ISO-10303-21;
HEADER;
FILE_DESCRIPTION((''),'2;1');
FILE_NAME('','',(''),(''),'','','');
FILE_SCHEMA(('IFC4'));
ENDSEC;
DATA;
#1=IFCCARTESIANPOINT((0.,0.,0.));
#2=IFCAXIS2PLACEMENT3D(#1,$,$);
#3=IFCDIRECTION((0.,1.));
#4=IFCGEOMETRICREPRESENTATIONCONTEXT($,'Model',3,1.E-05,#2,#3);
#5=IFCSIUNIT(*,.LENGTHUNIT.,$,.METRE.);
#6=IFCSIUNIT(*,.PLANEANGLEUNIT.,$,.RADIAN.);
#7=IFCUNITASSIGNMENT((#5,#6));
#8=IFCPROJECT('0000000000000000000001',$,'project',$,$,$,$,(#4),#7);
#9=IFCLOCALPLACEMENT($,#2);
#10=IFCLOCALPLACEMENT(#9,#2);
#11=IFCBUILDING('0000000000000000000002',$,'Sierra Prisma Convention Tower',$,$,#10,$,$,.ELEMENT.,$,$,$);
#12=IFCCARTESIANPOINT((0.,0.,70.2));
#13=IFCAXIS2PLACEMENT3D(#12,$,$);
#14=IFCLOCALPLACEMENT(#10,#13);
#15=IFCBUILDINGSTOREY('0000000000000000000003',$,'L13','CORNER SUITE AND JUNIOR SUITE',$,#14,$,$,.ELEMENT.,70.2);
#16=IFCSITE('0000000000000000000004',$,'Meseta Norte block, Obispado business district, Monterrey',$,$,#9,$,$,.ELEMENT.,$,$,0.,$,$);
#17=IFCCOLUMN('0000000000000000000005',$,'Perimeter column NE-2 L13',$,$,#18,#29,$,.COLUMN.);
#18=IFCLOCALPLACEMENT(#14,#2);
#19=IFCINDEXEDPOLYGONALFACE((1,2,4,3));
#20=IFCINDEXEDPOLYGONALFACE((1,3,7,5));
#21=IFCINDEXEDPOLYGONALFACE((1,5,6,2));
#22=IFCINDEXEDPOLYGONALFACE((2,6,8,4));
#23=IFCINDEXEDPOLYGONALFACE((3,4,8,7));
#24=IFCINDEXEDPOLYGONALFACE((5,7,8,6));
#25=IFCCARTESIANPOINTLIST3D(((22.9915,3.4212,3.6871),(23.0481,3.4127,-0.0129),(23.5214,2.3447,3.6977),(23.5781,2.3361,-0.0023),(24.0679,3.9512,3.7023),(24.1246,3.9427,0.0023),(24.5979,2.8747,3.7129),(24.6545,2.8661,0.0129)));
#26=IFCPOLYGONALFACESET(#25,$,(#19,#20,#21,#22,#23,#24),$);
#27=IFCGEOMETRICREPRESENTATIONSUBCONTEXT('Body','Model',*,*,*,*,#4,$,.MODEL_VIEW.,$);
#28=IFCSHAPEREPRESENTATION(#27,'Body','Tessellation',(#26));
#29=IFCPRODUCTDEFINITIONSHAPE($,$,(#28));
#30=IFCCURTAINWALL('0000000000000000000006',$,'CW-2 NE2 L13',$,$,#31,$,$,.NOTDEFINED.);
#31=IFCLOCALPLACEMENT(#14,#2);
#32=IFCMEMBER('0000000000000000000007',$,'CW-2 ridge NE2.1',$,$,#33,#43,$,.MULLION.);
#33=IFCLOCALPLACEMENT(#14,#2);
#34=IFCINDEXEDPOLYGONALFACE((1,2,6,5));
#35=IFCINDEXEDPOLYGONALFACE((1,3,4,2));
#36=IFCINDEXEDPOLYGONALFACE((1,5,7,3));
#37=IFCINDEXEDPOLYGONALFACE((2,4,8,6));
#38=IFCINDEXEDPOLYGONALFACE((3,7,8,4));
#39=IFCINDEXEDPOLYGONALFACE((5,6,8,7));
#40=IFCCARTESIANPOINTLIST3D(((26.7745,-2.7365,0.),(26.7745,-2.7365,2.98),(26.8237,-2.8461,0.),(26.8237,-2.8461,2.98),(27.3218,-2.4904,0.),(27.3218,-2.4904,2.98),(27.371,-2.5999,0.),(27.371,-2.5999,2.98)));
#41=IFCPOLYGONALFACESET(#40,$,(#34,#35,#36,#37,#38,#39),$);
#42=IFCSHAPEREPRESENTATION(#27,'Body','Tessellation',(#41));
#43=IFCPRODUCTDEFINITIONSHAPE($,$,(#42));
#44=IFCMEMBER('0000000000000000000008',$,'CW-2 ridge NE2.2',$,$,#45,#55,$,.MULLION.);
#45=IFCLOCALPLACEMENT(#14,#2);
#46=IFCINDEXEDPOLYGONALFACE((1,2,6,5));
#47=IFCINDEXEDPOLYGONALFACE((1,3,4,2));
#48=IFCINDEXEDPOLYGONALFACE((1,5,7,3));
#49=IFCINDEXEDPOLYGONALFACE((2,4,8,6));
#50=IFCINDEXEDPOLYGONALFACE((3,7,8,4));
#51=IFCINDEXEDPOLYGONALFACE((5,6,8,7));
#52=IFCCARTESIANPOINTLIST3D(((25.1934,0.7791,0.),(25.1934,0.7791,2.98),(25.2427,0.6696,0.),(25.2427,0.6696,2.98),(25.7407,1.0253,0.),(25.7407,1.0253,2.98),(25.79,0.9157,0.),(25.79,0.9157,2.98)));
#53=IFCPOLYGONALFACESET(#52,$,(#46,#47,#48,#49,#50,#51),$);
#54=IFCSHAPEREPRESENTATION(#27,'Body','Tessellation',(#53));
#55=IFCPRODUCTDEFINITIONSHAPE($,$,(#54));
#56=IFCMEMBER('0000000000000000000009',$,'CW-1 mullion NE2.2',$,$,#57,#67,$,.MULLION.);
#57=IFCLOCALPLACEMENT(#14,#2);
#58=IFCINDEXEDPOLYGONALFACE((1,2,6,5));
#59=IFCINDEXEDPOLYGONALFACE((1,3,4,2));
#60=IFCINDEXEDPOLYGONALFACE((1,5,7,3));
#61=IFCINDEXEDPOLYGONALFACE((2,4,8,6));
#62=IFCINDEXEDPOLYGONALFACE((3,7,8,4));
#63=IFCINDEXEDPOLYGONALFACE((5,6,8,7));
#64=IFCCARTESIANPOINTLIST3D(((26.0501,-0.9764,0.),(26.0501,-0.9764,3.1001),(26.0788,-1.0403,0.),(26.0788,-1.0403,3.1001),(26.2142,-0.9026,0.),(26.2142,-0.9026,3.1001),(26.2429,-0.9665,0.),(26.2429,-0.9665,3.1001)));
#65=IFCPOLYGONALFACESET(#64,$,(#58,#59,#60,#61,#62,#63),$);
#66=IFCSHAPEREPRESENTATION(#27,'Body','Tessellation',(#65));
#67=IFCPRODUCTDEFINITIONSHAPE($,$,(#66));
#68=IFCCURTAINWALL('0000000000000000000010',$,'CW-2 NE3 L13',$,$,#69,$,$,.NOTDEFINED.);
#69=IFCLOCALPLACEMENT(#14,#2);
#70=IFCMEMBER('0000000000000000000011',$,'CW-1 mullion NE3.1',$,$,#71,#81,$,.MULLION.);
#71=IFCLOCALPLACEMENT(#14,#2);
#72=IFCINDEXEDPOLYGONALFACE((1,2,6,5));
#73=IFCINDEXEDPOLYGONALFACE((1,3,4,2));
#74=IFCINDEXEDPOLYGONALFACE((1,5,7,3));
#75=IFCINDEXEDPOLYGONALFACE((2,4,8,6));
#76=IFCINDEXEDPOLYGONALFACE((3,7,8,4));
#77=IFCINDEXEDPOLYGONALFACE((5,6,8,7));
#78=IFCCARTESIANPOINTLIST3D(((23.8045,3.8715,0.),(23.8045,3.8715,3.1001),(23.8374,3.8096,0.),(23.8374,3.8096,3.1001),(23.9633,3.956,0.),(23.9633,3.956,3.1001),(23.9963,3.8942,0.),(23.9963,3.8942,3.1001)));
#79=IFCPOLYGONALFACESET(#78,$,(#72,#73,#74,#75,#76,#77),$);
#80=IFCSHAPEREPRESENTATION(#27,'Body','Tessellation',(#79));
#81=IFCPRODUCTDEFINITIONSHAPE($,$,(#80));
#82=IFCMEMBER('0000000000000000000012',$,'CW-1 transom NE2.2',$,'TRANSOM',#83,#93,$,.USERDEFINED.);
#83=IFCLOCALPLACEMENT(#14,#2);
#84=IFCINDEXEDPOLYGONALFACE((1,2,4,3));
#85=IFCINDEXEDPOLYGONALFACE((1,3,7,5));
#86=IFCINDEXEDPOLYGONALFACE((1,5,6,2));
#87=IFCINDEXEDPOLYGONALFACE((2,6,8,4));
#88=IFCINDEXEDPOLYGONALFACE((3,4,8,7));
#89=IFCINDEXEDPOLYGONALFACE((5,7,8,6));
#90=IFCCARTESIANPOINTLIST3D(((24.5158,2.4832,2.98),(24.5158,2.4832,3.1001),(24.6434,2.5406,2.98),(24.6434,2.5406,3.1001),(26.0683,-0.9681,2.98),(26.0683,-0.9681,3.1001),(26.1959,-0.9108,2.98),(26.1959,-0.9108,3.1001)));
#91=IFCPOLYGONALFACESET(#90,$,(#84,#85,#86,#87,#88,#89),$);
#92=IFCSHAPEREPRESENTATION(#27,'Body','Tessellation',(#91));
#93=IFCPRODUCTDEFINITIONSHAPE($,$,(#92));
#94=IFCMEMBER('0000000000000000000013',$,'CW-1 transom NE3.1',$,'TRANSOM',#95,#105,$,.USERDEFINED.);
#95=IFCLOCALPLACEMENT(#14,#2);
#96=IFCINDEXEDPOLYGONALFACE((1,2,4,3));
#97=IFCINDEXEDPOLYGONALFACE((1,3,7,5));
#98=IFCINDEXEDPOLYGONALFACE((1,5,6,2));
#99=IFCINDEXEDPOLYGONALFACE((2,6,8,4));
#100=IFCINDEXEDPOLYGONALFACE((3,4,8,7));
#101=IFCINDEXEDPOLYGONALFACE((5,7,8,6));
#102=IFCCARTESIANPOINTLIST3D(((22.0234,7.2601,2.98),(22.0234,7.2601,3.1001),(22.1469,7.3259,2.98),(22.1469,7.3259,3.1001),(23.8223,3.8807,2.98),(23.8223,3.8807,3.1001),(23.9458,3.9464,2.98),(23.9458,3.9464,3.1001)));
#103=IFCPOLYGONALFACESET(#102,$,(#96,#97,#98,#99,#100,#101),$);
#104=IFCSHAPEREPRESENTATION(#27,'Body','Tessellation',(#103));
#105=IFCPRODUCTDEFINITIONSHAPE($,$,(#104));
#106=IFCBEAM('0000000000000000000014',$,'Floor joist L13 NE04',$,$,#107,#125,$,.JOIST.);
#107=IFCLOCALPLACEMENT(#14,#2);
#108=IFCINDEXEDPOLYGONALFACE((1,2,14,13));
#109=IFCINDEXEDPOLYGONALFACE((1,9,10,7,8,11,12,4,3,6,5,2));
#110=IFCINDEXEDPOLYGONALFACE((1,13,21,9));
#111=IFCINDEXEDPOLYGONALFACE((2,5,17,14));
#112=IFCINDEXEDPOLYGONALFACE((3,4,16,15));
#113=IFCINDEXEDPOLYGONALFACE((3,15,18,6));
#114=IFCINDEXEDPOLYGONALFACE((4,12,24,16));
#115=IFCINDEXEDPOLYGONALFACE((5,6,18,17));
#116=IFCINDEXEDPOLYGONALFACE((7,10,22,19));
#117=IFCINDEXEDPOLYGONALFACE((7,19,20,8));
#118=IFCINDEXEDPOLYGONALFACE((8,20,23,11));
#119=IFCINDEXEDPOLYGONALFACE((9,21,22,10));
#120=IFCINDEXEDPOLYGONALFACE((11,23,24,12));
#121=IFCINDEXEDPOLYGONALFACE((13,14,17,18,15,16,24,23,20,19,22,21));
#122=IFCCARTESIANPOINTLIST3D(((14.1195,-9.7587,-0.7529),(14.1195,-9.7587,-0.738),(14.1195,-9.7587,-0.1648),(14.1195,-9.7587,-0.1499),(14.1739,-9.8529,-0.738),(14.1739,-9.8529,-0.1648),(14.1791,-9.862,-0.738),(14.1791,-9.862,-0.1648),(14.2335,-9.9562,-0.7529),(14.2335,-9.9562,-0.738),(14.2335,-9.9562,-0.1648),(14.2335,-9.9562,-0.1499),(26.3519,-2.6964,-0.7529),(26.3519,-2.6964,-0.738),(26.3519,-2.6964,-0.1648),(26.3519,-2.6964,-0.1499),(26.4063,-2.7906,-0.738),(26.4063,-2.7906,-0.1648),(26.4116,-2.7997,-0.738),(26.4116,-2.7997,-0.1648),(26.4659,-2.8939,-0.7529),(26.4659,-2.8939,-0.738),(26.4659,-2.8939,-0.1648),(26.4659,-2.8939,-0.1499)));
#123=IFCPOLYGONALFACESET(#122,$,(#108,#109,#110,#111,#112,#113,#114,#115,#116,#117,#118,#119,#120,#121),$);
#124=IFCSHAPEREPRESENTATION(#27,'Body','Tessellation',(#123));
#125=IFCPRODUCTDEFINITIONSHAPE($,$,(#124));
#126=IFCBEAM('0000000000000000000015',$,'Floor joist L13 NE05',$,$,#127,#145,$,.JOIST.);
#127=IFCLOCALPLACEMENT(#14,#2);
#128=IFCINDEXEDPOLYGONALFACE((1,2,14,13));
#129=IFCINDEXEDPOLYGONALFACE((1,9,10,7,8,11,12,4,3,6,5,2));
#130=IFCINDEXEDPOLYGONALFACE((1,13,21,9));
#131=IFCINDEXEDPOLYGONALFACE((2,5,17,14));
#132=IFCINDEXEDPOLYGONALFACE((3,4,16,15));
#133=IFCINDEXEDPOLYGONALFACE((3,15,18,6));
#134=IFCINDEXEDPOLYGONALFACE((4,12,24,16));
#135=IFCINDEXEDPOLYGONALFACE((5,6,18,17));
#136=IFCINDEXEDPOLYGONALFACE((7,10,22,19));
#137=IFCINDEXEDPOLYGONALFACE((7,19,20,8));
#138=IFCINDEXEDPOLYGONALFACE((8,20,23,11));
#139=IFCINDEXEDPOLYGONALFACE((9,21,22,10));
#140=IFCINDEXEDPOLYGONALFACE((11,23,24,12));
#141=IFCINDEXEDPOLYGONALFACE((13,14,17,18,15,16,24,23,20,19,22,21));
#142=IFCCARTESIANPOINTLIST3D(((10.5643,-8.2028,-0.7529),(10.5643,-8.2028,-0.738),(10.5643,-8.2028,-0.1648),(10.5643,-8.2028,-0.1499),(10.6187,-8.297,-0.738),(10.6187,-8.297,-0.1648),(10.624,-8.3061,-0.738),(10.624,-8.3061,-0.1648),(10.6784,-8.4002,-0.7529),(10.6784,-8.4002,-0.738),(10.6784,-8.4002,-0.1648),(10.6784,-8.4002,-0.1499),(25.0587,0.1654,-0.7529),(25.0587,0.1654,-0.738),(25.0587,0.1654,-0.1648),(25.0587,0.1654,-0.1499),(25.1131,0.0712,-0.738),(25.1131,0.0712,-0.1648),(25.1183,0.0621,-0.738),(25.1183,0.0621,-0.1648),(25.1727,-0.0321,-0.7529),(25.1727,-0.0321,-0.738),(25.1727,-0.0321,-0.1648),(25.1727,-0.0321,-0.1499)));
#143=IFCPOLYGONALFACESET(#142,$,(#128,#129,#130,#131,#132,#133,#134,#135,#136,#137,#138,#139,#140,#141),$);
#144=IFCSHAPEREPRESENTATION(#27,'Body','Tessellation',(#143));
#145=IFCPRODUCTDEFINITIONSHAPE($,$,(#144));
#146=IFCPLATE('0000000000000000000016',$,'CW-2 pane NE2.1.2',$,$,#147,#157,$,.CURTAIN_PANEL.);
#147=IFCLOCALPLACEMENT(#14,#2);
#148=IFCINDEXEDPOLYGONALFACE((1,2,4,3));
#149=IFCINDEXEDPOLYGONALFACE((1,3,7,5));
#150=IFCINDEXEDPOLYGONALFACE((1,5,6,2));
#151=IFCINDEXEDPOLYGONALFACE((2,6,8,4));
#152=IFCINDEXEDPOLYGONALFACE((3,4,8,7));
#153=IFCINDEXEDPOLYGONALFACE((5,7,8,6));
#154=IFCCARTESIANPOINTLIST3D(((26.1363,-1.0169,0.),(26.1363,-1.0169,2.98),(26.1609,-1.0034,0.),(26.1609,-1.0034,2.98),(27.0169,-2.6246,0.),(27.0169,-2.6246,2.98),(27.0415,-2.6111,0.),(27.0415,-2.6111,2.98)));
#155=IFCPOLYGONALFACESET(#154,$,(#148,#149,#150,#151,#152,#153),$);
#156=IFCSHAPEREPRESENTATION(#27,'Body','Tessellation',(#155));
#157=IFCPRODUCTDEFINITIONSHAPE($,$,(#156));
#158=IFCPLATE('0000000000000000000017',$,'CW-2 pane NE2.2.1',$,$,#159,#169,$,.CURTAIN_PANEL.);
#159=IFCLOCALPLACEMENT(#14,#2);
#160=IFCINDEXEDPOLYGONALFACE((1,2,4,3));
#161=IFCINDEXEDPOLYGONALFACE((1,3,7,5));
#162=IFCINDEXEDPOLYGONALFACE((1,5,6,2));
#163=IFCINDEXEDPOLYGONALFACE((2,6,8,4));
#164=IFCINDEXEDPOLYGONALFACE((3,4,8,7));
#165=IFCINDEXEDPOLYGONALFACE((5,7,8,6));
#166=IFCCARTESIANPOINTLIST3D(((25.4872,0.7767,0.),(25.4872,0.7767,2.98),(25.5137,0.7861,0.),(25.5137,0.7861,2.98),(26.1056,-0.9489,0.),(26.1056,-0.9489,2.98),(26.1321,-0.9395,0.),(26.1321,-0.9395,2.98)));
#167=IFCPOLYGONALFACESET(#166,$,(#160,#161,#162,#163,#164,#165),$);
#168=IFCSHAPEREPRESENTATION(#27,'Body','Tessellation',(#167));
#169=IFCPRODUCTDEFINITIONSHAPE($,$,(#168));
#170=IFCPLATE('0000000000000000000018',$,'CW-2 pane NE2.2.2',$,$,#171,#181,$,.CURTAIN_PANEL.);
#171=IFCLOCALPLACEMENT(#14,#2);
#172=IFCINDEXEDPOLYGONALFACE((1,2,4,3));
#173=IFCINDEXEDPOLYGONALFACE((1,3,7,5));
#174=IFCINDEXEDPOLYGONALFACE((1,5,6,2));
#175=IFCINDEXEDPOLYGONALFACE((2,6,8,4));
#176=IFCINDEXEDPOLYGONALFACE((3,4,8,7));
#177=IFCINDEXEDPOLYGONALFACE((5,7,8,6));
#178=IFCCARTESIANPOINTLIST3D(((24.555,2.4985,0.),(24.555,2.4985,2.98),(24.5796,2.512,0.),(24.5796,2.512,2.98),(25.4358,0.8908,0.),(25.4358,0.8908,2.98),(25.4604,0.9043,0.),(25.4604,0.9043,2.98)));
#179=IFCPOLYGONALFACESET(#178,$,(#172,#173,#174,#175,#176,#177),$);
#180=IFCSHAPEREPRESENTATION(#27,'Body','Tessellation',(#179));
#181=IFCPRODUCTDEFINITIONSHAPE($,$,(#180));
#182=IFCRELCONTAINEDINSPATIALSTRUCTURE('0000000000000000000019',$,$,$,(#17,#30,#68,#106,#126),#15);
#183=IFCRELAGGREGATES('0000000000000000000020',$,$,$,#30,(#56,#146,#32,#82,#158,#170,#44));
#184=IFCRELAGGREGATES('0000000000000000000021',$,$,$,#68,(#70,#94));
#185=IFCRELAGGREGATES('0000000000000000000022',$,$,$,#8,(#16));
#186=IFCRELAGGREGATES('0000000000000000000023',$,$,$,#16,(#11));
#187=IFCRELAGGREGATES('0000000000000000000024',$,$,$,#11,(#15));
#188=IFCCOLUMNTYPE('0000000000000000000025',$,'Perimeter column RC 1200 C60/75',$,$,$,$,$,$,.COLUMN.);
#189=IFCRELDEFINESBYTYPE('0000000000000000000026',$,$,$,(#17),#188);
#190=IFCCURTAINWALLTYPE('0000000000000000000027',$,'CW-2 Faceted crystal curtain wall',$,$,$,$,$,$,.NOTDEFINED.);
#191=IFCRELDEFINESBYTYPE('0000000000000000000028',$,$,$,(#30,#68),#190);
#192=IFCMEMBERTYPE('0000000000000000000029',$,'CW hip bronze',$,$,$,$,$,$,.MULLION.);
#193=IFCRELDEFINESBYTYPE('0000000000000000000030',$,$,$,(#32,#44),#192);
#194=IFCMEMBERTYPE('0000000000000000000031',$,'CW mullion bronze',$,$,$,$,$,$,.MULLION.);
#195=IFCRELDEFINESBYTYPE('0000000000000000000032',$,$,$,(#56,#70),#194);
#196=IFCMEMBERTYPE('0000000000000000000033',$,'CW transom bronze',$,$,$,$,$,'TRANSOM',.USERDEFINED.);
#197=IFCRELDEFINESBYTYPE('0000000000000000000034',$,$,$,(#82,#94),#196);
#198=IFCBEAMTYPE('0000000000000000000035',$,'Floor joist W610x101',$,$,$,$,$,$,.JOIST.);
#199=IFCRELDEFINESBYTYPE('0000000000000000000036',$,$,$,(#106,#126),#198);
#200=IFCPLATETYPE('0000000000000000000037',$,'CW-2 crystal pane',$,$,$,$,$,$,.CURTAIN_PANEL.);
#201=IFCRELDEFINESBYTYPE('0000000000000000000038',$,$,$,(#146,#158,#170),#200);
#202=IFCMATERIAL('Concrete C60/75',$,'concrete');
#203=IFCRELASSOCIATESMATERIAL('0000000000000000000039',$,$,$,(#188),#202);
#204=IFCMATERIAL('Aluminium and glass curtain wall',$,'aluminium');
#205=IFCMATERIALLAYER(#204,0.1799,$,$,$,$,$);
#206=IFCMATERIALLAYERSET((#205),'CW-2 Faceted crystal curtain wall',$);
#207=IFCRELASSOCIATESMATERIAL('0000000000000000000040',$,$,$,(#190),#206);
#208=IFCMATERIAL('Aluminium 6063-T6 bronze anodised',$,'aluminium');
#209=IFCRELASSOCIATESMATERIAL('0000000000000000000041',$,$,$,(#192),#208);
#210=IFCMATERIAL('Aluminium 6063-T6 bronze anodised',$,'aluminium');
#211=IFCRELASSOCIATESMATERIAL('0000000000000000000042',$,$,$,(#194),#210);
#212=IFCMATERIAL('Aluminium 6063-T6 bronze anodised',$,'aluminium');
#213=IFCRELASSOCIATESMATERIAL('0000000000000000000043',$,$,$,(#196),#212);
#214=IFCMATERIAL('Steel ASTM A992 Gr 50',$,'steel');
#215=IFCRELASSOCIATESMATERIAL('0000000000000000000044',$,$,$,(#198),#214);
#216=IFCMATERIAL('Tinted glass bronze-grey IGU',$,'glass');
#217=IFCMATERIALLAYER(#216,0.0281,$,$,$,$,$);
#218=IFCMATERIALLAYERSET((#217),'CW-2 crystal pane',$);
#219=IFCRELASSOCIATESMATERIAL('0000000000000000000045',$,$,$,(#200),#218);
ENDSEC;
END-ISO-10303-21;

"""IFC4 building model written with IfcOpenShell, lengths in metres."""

from ifc_helpers import new_model, si_unit, direction, frame, origin, origin_2d, place, context, subcontext, project, spatial, polyline, rectangle, i_section, outline, extrude, material, layer, layer_set, material_profile, profile_set, type_object, element, aggregate, save


model = new_model("IFC4")

# Units and contexts
model_context = context("Model", 3, precision=1e-05, world=origin(), true_north=direction((0.0, 1.0)))
body_context = subcontext(model_context, "Body", "Model", "MODEL_VIEW")
ifc_project = project(units=[si_unit("LENGTHUNIT", "METRE"), si_unit("PLANEANGLEUNIT", "RADIAN")], contexts=[model_context])

# Site, building, storey
site_placement = place(None, origin())
site = spatial("IfcSite", under=ifc_project, at=site_placement, Name="Meseta Norte block, Obispado business district, Monterrey", CompositionType="ELEMENT", RefElevation=0.0)
building_placement = place(site_placement, origin())
building = spatial("IfcBuilding", under=site, at=building_placement, Name="Sierra Prisma Convention Tower", CompositionType="ELEMENT")
storey_placement = place(building_placement, frame((0.0, 0.0, 70.2)))
storey = spatial("IfcBuildingStorey", under=building, at=storey_placement, Name="L13", Description="CORNER SUITE AND JUNIOR SUITE", CompositionType="ELEMENT", Elevation=70.2)

# Column
ifc_material_1 = material(Name="Concrete C60/75", Category="concrete")
ifc_material_profile_1 = material_profile(ifc_material_1, rectangle(XDim=1.2, YDim=1.2, at=origin_2d()), Name="Perimeter column RC 1200 C60/75")
ifc_profile_set_1 = profile_set([ifc_material_profile_1], Name="Concrete C60/75")
column_type = type_object("IfcColumnType", Name="Perimeter column RC 1200 C60/75", PredefinedType="COLUMN", material=ifc_profile_set_1)
column_placement = place(storey_placement, frame((23.8513, 3.1394, 0.0), z_axis=(-0.015307, 0.002309, 0.99988), x_axis=(-0.441617, 0.89716, -0.008832)))
element("IfcColumn", 1, at=column_placement, inside=storey, type_object=column_type, Name="Perimeter column NE-2 L13", PredefinedType="COLUMN", context=body_context, shape_type="SweptSolid", body=[
    extrude(rectangle(XDim=1.2, YDim=1.2, at=origin_2d()), origin(), (0.0, 0.0, 1.0), 3.7004),
])

# Curtain wall, members
ifc_material_2 = material(Name="Aluminium and glass curtain wall", Category="aluminium")
ifc_layer_1 = layer(ifc_material_2, 0.1799)
ifc_layer_set_1 = layer_set([ifc_layer_1], Name="CW-2 Faceted crystal curtain wall")
curtain_wall_type = type_object("IfcCurtainWallType", Name="CW-2 Faceted crystal curtain wall", PredefinedType="NOTDEFINED", material=ifc_layer_set_1)
curtain_wall_1_placement = place(storey_placement, origin())
curtain_wall_1 = element("IfcCurtainWall", 2, at=curtain_wall_1_placement, inside=storey, type_object=curtain_wall_type, Name="CW-2 NE2 L13", PredefinedType="NOTDEFINED")
ifc_material_3 = material(Name="Aluminium 6063-T6 bronze anodised", Category="aluminium")
ifc_material_profile_2 = material_profile(ifc_material_3, rectangle(XDim=0.1201, YDim=0.6001, at=origin_2d()), Name="ALU RIDGE BLADE 120x600")
ifc_profile_set_2 = profile_set([ifc_material_profile_2], Name="Aluminium 6063-T6 bronze anodised")
member_type_1 = type_object("IfcMemberType", Name="CW hip bronze", PredefinedType="MULLION", material=ifc_profile_set_2)
member_1_placement = place(storey_placement, frame((27.0728, -2.6682, 0.0), z_axis=(0.0, 0.0, 1.0), x_axis=(-0.410184, 0.912003, 0.0)))
member_1 = element("IfcMember", 3, at=member_1_placement, type_object=member_type_1, Name="CW-2 ridge NE2.1", PredefinedType="MULLION", context=body_context, shape_type="SweptSolid", body=[
    extrude(rectangle(XDim=0.1201, YDim=0.6001, at=origin_2d()), origin(), (0.0, 0.0, 1.0), 2.98),
])
member_2_placement = place(storey_placement, frame((25.4917, 0.8474, 0.0), z_axis=(0.0, 0.0, 1.0), x_axis=(-0.410184, 0.912003, 0.0)))
member_2 = element("IfcMember", 4, at=member_2_placement, type_object=member_type_1, Name="CW-2 ridge NE2.2", PredefinedType="MULLION", context=body_context, shape_type="SweptSolid", body=[
    extrude(rectangle(XDim=0.1201, YDim=0.6001, at=origin_2d()), origin(), (0.0, 0.0, 1.0), 2.98),
])
ifc_material_4 = material(Name="Aluminium 6063-T6 bronze anodised", Category="aluminium")
ifc_material_profile_3 = material_profile(ifc_material_4, rectangle(XDim=0.1799, YDim=0.0701, at=origin_2d()), Name="ALU MULLION 70x180")
ifc_profile_set_3 = profile_set([ifc_material_profile_3], Name="Aluminium 6063-T6 bronze anodised")
member_type_2 = type_object("IfcMemberType", Name="CW mullion bronze", PredefinedType="MULLION", material=ifc_profile_set_3)
member_3_placement = place(storey_placement, frame((26.1465, -0.9714, 0.0), z_axis=(0.0, 0.0, 1.0), x_axis=(-0.912003, -0.410184, 0.0)))
member_3 = element("IfcMember", 5, at=member_3_placement, type_object=member_type_2, Name="CW-1 mullion NE2.2", PredefinedType="MULLION", context=body_context, shape_type="SweptSolid", body=[
    extrude(rectangle(XDim=0.1799, YDim=0.0701, at=origin_2d()), origin(), (0.0, 0.0, 1.0), 3.1001),
])

# Curtain wall, member
curtain_wall_2_placement = place(storey_placement, origin())
curtain_wall_2 = element("IfcCurtainWall", 6, at=curtain_wall_2_placement, inside=storey, type_object=curtain_wall_type, Name="CW-2 NE3 L13", PredefinedType="NOTDEFINED")
member_4_placement = place(storey_placement, frame((23.9004, 3.8828, 0.0), z_axis=(0.0, 0.0, 1.0), x_axis=(-0.882718, -0.469904, 0.0)))
member_4 = element("IfcMember", 7, at=member_4_placement, type_object=member_type_2, Name="CW-1 mullion NE3.1", PredefinedType="MULLION", context=body_context, shape_type="SweptSolid", body=[
    extrude(rectangle(XDim=0.1799, YDim=0.0701, at=origin_2d()), origin(), (0.0, 0.0, 1.0), 3.1001),
])

# Members
ifc_material_5 = material(Name="Aluminium 6063-T6 bronze anodised", Category="aluminium")
ifc_material_profile_4 = material_profile(ifc_material_5, rectangle(XDim=0.1399, YDim=0.1201, at=origin_2d()), Name="ALU TRANSOM 120x140")
ifc_profile_set_4 = profile_set([ifc_material_profile_4], Name="Aluminium 6063-T6 bronze anodised")
member_type_3 = type_object("IfcMemberType", Name="CW transom bronze", ElementType="TRANSOM", PredefinedType="USERDEFINED", material=ifc_profile_set_4)
member_5_placement = place(storey_placement, frame((26.1321, -0.9395, 3.04), z_axis=(-0.410223, 0.911985, 0.0), x_axis=(-0.911985, -0.410223, 0.0)))
member_5 = element("IfcMember", 8, at=member_5_placement, type_object=member_type_3, Name="CW-1 transom NE2.2", ObjectType="TRANSOM", PredefinedType="USERDEFINED", context=body_context, shape_type="SweptSolid", body=[
    extrude(rectangle(XDim=0.1399, YDim=0.1201, at=origin_2d()), origin(), (0.0, 0.0, 1.0), 3.7844),
])
member_6_placement = place(storey_placement, frame((23.884, 3.9136, 3.04), z_axis=(-0.469873, 0.882734, 0.0), x_axis=(-0.882734, -0.469873, 0.0)))
member_6 = element("IfcMember", 9, at=member_6_placement, type_object=member_type_3, Name="CW-1 transom NE3.1", ObjectType="TRANSOM", PredefinedType="USERDEFINED", context=body_context, shape_type="SweptSolid", body=[
    extrude(rectangle(XDim=0.1399, YDim=0.1201, at=origin_2d()), origin(), (0.0, 0.0, 1.0), 3.8284),
])

# Beams
ifc_material_6 = material(Name="Steel ASTM A992 Gr 50", Category="steel")
ifc_material_profile_5 = material_profile(ifc_material_6, i_section(OverallWidth=0.228, OverallDepth=0.603, WebThickness=0.0105, FlangeThickness=0.0149, at=origin_2d()), Name="W610x101")
ifc_profile_set_5 = profile_set([ifc_material_profile_5], Name="Steel ASTM A992 Gr 50")
beam_type = type_object("IfcBeamType", Name="Floor joist W610x101", PredefinedType="JOIST", material=ifc_profile_set_5)
beam_1_placement = place(storey_placement, frame((26.4089, -2.7952, -0.4514), z_axis=(-0.86603, -0.499993, 0.0), x_axis=(0.499993, -0.86603, 0.0)))
element("IfcBeam", 10, at=beam_1_placement, inside=storey, type_object=beam_type, Name="Floor joist L13 NE04", PredefinedType="JOIST", context=body_context, shape_type="SweptSolid", body=[
    extrude(i_section(OverallWidth=0.228, OverallDepth=0.603, WebThickness=0.0105, FlangeThickness=0.0149, at=origin_2d()), origin(), (0.0, 0.0, 1.0), 14.1248),
])
beam_2_placement = place(storey_placement, frame((25.1157, 0.0667, -0.4514), z_axis=(-0.86603, -0.499992, 0.0), x_axis=(0.499992, -0.86603, 0.0)))
element("IfcBeam", 11, at=beam_2_placement, inside=storey, type_object=beam_type, Name="Floor joist L13 NE05", PredefinedType="JOIST", context=body_context, shape_type="SweptSolid", body=[
    extrude(i_section(OverallWidth=0.228, OverallDepth=0.603, WebThickness=0.0105, FlangeThickness=0.0149, at=origin_2d()), origin(), (0.0, 0.0, 1.0), 16.7366),
])

# Plates
ifc_material_7 = material(Name="Tinted glass bronze-grey IGU", Category="glass")
ifc_layer_2 = layer(ifc_material_7, 0.0281)
ifc_layer_set_2 = layer_set([ifc_layer_2], Name="CW-2 crystal pane")
plate_type = type_object("IfcPlateType", Name="CW-2 crystal pane", PredefinedType="CURTAIN_PANEL", material=ifc_layer_set_2)
plate_1_placement = place(storey_placement, frame((26.1609, -1.0034, 0.0), z_axis=(0.877044, 0.48041, 0.0), x_axis=(0.48041, -0.877044, 0.0)))
plate_1 = element("IfcPlate", 12, at=plate_1_placement, type_object=plate_type, Name="CW-2 pane NE2.1.2", PredefinedType="CURTAIN_PANEL", context=body_context, shape_type="SweptSolid", body=[
    extrude(outline(polyline([(0.0, 0.0), (1.8331, 0.0), (1.8331, -2.98), (0.0, -2.98), (0.0, 0.0)])), origin(), (0.0, 0.0, -1.0), 0.0281),
])
plate_2_placement = place(storey_placement, frame((26.1321, -0.9395, 0.0), z_axis=(0.941374, 0.337366, 0.0), x_axis=(-0.337366, 0.941374, 0.0)))
plate_2 = element("IfcPlate", 13, at=plate_2_placement, type_object=plate_type, Name="CW-2 pane NE2.2.1", PredefinedType="CURTAIN_PANEL", context=body_context, shape_type="SweptSolid", body=[
    extrude(outline(polyline([(0.0, 0.0), (1.8331, 0.0), (1.8331, 2.98), (0.0, 2.98), (0.0, 0.0)])), origin(), (0.0, 0.0, -1.0), 0.0281),
])
plate_3_placement = place(storey_placement, frame((24.5796, 2.512, 0.0), z_axis=(0.876988, 0.480512, 0.0), x_axis=(0.480512, -0.876988, 0.0)))
plate_3 = element("IfcPlate", 14, at=plate_3_placement, type_object=plate_type, Name="CW-2 pane NE2.2.2", PredefinedType="CURTAIN_PANEL", context=body_context, shape_type="SweptSolid", body=[
    extrude(outline(polyline([(0.0, 0.0), (1.8332, 0.0), (1.8332, -2.98), (0.0, -2.98), (0.0, 0.0)])), origin(), (0.0, 0.0, -1.0), 0.0281),
])
aggregate(curtain_wall_1, [member_3, plate_1, member_1, member_5, plate_2, plate_3, member_2])
aggregate(curtain_wall_2, [member_4, member_6])

save(model, "model.ifc")
